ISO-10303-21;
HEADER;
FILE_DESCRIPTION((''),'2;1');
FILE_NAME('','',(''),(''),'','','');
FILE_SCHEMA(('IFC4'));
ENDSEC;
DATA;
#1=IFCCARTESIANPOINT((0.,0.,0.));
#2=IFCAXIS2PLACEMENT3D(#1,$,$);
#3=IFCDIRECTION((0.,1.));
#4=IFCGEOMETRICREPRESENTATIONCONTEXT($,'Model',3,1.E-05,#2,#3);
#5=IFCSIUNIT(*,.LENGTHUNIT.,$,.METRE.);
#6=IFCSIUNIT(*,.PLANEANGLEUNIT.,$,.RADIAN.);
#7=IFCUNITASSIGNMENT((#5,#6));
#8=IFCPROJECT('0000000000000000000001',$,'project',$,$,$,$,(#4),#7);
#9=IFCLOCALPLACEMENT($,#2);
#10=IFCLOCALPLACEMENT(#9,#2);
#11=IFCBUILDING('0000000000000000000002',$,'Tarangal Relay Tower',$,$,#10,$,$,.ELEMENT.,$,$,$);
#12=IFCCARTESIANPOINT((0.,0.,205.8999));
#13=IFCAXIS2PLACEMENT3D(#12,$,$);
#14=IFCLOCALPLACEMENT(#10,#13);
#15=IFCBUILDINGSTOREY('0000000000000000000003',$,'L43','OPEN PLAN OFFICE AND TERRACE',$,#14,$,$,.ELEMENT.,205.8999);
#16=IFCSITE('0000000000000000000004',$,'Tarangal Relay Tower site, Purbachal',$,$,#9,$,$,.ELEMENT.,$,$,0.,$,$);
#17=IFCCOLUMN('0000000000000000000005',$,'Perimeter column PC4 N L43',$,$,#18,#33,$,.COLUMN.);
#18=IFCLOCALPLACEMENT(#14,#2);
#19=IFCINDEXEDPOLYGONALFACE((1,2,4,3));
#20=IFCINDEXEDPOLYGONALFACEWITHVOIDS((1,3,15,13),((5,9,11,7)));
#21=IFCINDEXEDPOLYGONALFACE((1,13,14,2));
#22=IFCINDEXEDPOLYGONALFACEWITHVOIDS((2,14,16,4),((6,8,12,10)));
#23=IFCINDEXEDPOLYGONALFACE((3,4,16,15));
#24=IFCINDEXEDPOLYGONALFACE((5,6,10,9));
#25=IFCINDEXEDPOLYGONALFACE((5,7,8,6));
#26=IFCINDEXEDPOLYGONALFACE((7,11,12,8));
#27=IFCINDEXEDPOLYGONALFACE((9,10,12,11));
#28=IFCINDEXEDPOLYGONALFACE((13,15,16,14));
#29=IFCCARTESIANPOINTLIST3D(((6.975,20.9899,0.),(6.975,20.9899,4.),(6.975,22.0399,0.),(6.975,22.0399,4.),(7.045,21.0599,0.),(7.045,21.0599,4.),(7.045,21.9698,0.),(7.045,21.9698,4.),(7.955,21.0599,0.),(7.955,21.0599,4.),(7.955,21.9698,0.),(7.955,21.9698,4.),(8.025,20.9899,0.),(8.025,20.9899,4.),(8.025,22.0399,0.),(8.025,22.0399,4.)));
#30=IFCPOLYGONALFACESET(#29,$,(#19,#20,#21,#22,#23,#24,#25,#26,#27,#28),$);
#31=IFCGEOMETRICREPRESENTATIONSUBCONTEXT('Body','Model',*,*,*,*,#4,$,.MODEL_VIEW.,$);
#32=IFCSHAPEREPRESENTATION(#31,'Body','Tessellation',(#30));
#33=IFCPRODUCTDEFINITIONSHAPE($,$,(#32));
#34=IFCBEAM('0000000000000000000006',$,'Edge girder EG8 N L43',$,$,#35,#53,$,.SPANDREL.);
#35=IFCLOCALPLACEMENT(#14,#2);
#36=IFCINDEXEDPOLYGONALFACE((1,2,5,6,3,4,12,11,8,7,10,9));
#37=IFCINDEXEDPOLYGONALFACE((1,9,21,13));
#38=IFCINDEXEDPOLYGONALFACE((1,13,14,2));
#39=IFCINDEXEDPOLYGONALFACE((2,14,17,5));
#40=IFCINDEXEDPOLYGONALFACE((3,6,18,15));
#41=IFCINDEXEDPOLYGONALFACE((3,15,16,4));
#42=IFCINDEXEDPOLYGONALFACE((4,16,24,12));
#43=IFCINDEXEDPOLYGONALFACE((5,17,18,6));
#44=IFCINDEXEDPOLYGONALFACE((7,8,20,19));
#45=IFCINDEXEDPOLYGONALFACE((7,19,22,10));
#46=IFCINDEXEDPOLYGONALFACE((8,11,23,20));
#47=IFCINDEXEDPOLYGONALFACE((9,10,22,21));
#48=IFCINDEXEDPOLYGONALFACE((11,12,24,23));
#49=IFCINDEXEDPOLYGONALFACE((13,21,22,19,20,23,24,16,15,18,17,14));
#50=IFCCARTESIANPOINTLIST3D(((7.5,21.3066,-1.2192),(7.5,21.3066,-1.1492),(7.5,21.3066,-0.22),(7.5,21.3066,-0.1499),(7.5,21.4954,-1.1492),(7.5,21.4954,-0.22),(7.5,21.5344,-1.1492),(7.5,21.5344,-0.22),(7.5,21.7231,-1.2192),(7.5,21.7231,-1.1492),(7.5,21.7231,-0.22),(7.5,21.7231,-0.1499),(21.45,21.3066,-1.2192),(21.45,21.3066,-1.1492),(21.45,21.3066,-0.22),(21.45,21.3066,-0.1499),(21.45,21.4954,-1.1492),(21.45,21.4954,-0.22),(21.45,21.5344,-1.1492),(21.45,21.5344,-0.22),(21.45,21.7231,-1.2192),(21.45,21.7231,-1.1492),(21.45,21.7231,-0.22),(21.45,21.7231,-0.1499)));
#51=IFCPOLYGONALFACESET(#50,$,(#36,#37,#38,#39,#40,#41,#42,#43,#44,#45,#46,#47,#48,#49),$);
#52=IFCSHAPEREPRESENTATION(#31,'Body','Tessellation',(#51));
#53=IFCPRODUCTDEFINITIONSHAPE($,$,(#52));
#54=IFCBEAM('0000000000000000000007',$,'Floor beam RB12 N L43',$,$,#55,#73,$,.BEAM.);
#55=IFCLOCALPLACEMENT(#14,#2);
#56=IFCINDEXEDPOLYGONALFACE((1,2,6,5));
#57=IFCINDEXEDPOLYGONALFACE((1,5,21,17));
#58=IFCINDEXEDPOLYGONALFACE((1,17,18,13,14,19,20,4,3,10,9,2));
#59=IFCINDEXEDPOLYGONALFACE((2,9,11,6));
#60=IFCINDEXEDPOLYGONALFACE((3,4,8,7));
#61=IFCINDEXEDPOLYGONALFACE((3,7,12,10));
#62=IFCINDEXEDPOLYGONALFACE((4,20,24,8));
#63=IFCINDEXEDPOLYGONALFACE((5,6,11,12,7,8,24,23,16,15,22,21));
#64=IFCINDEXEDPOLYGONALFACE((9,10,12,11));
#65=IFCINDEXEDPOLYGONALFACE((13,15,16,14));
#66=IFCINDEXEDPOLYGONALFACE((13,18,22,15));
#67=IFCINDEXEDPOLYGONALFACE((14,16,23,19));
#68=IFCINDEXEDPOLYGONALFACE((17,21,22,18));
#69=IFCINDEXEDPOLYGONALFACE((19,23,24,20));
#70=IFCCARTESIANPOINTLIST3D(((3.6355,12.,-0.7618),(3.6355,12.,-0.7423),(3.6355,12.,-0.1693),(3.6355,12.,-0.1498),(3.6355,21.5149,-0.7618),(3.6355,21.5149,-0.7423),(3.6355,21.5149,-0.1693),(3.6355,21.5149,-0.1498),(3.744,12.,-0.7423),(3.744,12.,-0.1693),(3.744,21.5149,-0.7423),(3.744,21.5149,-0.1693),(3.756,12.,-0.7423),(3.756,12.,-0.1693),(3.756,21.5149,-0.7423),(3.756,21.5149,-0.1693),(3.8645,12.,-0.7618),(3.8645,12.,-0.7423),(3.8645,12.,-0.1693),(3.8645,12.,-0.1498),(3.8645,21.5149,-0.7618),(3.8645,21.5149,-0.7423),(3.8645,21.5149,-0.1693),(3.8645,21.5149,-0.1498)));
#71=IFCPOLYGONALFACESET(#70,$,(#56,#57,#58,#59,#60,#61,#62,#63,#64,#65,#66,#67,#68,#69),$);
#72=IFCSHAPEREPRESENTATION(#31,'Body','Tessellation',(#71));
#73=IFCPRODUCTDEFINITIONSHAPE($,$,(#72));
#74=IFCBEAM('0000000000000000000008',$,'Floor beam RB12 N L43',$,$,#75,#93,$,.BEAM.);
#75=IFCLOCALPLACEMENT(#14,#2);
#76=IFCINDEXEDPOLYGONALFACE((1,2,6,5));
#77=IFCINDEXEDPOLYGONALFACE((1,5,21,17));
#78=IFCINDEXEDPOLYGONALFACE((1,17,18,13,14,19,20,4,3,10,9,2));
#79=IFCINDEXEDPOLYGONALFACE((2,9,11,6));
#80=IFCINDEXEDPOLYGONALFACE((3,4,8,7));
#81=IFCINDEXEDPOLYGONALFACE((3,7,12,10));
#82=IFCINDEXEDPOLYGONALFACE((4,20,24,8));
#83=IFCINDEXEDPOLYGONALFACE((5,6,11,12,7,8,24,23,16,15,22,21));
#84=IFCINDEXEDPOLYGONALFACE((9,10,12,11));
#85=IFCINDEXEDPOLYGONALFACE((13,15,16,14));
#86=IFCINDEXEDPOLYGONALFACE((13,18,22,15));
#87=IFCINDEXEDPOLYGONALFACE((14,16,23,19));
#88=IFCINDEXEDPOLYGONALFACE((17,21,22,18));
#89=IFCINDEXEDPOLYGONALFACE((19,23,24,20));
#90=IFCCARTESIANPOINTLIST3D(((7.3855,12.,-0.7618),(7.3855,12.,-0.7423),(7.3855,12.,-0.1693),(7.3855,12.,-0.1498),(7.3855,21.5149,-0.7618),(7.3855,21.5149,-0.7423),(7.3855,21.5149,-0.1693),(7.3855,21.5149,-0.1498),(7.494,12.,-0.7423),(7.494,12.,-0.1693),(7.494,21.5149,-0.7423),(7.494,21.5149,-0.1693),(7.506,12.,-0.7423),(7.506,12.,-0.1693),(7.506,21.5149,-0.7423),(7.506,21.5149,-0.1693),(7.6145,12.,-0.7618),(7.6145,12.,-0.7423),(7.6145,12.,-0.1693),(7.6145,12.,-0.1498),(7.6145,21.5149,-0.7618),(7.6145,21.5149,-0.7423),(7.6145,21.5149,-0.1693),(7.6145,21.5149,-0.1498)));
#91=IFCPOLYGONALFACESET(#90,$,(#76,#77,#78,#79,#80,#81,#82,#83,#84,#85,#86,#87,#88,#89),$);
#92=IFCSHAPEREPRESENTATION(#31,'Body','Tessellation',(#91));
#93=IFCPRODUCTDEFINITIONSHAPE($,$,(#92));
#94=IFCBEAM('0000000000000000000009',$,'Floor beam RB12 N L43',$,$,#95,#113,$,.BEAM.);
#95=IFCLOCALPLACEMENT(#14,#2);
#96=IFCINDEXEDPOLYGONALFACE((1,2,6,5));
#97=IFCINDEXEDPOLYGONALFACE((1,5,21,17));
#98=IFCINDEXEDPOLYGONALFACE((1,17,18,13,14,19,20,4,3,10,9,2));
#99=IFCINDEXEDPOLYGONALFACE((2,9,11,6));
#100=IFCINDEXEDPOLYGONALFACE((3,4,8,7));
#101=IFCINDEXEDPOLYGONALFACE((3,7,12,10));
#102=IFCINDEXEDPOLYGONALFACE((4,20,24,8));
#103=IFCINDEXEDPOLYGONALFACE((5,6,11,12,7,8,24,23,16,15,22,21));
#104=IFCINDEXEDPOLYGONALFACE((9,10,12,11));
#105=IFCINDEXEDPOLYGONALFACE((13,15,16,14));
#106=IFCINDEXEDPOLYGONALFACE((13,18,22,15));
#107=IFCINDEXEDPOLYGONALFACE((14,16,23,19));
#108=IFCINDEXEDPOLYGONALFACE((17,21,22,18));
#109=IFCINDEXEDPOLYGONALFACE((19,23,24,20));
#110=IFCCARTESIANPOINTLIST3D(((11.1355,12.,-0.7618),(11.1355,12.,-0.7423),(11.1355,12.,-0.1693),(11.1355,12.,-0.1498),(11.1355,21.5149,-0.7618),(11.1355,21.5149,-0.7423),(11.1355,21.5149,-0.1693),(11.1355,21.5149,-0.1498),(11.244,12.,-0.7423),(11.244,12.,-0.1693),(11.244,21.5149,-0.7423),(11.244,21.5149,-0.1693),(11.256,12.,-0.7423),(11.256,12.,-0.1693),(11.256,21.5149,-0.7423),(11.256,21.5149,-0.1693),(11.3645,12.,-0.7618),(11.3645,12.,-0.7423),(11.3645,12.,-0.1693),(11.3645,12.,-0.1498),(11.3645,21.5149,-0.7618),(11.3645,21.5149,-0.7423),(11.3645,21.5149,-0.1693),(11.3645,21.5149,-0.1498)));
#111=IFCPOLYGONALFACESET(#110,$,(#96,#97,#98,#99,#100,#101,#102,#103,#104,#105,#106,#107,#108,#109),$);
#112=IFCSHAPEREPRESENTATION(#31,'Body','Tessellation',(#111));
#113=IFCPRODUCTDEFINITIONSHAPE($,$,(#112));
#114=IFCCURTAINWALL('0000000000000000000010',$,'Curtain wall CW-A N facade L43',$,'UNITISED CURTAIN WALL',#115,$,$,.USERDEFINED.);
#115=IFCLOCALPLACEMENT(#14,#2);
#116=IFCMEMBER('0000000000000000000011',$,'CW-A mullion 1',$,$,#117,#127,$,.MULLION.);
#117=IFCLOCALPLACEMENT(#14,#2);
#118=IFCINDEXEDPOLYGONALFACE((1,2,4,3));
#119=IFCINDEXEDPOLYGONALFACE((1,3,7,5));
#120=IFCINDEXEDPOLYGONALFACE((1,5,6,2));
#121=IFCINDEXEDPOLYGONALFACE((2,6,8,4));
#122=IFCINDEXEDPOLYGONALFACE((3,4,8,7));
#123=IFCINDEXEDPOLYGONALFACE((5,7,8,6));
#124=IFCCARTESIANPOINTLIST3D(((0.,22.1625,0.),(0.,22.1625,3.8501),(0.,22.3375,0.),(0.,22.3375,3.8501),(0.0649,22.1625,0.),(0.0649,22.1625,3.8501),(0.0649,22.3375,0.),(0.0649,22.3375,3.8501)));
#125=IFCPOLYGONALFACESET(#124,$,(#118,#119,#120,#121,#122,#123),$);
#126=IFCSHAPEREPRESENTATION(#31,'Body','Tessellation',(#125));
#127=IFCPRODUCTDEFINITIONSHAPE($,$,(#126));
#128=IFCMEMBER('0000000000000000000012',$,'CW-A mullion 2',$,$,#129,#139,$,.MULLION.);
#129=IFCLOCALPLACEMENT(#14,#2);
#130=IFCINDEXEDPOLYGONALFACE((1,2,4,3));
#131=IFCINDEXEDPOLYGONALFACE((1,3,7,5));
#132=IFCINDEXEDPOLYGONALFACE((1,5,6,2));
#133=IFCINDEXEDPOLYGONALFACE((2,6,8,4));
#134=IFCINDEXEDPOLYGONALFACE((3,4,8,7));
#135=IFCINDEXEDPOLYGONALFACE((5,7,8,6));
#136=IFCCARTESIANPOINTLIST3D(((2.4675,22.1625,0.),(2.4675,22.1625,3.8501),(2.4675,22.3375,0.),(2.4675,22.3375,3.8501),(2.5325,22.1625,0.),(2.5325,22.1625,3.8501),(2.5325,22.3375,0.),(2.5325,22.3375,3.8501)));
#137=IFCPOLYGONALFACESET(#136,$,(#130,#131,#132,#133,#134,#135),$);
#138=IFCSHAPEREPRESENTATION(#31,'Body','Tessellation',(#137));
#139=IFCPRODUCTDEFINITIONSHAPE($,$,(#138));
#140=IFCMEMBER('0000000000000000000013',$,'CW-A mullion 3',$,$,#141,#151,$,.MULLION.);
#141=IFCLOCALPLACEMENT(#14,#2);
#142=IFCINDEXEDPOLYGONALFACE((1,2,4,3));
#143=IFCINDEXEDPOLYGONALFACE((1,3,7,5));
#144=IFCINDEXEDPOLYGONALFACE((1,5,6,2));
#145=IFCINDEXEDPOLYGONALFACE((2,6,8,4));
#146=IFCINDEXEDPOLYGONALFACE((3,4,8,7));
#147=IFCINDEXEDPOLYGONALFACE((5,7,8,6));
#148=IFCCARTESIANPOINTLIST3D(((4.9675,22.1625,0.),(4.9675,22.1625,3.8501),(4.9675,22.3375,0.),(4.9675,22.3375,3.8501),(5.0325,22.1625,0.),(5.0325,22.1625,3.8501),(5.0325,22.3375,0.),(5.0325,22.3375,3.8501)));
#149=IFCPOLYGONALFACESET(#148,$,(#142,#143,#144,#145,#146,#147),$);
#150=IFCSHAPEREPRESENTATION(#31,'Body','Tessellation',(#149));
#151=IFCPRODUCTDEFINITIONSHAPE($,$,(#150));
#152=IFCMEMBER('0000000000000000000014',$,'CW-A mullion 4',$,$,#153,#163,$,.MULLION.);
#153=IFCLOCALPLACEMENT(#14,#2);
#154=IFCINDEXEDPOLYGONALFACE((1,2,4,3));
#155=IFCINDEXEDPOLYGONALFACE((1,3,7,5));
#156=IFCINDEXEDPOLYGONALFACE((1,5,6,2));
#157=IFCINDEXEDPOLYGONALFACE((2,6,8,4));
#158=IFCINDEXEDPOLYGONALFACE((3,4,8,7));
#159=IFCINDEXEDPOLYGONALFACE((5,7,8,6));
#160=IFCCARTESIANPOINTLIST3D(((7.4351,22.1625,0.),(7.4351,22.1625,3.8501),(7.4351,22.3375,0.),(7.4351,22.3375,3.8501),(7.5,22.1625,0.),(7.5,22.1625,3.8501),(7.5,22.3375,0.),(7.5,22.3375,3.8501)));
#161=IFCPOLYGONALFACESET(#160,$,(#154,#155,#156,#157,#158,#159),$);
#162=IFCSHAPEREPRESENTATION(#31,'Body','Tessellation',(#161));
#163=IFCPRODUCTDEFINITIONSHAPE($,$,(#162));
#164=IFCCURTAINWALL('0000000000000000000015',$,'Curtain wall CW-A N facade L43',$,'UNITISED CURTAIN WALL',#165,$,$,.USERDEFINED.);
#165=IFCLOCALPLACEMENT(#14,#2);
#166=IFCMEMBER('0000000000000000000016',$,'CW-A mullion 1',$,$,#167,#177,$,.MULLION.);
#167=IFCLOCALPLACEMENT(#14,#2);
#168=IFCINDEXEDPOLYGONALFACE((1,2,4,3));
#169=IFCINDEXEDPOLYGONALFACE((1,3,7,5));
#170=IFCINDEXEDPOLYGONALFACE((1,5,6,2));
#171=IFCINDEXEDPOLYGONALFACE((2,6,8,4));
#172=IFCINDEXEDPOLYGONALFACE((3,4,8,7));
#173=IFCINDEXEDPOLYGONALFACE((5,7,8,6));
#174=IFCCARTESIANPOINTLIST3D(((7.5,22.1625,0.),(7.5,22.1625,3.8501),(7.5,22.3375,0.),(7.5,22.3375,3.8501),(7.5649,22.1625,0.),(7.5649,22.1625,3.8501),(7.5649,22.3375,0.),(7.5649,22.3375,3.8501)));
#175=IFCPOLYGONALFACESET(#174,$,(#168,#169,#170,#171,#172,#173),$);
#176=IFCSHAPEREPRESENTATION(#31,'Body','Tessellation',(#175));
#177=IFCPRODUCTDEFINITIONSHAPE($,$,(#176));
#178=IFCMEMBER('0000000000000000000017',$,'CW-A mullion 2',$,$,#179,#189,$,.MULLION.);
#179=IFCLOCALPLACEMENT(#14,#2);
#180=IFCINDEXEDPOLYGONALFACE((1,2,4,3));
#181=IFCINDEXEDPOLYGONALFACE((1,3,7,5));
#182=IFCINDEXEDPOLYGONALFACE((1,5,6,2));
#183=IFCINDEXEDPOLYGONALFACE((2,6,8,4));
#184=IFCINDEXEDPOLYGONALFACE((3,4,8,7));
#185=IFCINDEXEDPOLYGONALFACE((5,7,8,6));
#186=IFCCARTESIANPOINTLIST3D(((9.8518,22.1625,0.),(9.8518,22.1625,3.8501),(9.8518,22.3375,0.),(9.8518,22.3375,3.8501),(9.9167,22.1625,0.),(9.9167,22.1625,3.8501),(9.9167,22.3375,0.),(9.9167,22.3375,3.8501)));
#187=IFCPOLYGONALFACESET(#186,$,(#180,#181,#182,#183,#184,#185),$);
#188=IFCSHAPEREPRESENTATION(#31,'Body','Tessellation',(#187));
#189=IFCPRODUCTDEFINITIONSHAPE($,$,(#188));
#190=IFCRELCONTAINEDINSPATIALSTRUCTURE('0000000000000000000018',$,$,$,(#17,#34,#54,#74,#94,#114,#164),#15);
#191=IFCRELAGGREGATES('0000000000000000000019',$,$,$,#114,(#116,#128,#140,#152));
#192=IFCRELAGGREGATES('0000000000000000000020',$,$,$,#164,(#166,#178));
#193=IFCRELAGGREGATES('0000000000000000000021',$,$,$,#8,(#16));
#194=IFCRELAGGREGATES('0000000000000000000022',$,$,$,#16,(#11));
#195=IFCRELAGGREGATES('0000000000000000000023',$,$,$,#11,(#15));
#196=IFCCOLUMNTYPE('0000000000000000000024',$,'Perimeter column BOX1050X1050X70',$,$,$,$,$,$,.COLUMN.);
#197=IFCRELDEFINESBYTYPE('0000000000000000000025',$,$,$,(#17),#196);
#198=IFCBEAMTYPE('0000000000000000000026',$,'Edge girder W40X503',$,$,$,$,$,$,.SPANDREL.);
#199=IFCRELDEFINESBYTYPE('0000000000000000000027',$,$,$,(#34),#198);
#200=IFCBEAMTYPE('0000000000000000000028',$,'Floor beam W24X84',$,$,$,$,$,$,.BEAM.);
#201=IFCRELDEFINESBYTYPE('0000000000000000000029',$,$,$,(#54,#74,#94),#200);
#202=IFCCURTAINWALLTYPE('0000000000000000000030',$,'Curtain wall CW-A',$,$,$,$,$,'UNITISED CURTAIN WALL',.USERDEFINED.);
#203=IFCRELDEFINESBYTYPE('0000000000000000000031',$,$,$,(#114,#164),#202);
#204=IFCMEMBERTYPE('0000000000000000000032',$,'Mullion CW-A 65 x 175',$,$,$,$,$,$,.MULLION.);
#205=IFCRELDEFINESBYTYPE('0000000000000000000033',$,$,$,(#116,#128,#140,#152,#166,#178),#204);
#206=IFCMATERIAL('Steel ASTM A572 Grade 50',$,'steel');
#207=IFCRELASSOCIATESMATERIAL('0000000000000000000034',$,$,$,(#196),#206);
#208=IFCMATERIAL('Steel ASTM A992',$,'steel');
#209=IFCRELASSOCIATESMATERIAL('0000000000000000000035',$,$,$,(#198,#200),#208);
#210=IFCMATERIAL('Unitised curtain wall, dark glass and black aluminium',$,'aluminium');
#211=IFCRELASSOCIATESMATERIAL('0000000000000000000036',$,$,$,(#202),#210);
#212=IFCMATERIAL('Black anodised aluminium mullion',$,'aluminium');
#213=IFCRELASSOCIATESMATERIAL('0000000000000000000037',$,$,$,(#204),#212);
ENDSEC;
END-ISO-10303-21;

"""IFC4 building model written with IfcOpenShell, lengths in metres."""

from ifc_helpers import new_model, si_unit, direction, frame, origin, origin_2d, place, context, subcontext, project, spatial, rectangle, hollow_rectangle, i_section, extrude, material, material_profile, profile_set, type_object, element, aggregate, save


model = new_model("IFC4")

# Units and contexts
model_context = context("Model", 3, precision=1e-05, world=origin(), true_north=direction((0.0, 1.0)))
body_context = subcontext(model_context, "Body", "Model", "MODEL_VIEW")
ifc_project = project(units=[si_unit("LENGTHUNIT", "METRE"), si_unit("PLANEANGLEUNIT", "RADIAN")], contexts=[model_context])

# Site, building, storey
site_placement = place(None, origin())
site = spatial("IfcSite", under=ifc_project, at=site_placement, Name="Tarangal Relay Tower site, Purbachal", CompositionType="ELEMENT", RefElevation=0.0)
building_placement = place(site_placement, origin())
building = spatial("IfcBuilding", under=site, at=building_placement, Name="Tarangal Relay Tower", CompositionType="ELEMENT")
storey_placement = place(building_placement, frame((0.0, 0.0, 205.8999)))
storey = spatial("IfcBuildingStorey", under=building, at=storey_placement, Name="L43", Description="OPEN PLAN OFFICE AND TERRACE", CompositionType="ELEMENT", Elevation=205.8999)

# Column
ifc_material_1 = material(Name="Steel ASTM A572 Grade 50", Category="steel")
ifc_material_profile_1 = material_profile(ifc_material_1, hollow_rectangle(XDim=1.05, YDim=1.05, WallThickness=0.0701, at=origin_2d()), Name="BOX1050X1050X70")
ifc_profile_set_1 = profile_set([ifc_material_profile_1], Name="Steel ASTM A572 Grade 50")
column_type = type_object("IfcColumnType", Name="Perimeter column BOX1050X1050X70", PredefinedType="COLUMN", material=ifc_profile_set_1)
column_placement = place(storey_placement, frame((7.5, 21.5149, 0.0), z_axis=(0.0, 0.0, 1.0), x_axis=(1.0, 0.0, 0.0)))
element("IfcColumn", 1, at=column_placement, inside=storey, type_object=column_type, Name="Perimeter column PC4 N L43", PredefinedType="COLUMN", context=body_context, shape_type="SweptSolid", body=[
    extrude(hollow_rectangle(XDim=1.05, YDim=1.05, WallThickness=0.0701, at=origin_2d()), origin(), (0.0, 0.0, 1.0), 4.0),
])

# Beams
ifc_material_2 = material(Name="Steel ASTM A992", Category="steel")
ifc_material_profile_2 = material_profile(ifc_material_2, i_section(OverallWidth=0.4165, OverallDepth=1.0693, WebThickness=0.0391, FlangeThickness=0.0701, at=origin_2d()), Name="W40X503")
ifc_profile_set_2 = profile_set([ifc_material_profile_2], Name="Steel ASTM A992")
beam_type_1 = type_object("IfcBeamType", Name="Edge girder W40X503", PredefinedType="SPANDREL", material=ifc_profile_set_2)
beam_placement = place(storey_placement, frame((7.5, 21.5149, -0.6846), z_axis=(1.0, 0.0, 0.0), x_axis=(0.0, 1.0, 0.0)))
element("IfcBeam", 2, at=beam_placement, inside=storey, type_object=beam_type_1, Name="Edge girder EG8 N L43", PredefinedType="SPANDREL", context=body_context, shape_type="SweptSolid", body=[
    extrude(i_section(OverallWidth=0.4165, OverallDepth=1.0693, WebThickness=0.0391, FlangeThickness=0.0701, at=origin_2d()), origin(), (0.0, 0.0, 1.0), 13.95),
])
ifc_material_profile_3 = material_profile(ifc_material_2, i_section(OverallWidth=0.229, OverallDepth=0.6121, WebThickness=0.012, FlangeThickness=0.0195, at=origin_2d()), Name="W24X84")
ifc_profile_set_3 = profile_set([ifc_material_profile_3], Name="Steel ASTM A992")
beam_type_2 = type_object("IfcBeamType", Name="Floor beam W24X84", PredefinedType="BEAM", material=ifc_profile_set_3)
for number, where, z_axis, x_axis, name in (
    (3, (3.75, 12.0, -0.4558), (0.0, 1.0, 0.0), (-1.0, 0.0, 0.0), "Floor beam RB12 N L43"),
    (4, (7.5, 12.0, -0.4558), (0.0, 1.0, 0.0), (-1.0, 0.0, 0.0), "Floor beam RB12 N L43"),
    (5, (11.25, 12.0, -0.4558), (0.0, 1.0, 0.0), (-1.0, 0.0, 0.0), "Floor beam RB12 N L43"),
):
    element("IfcBeam", number, at=place(storey_placement, frame(where, z_axis=z_axis, x_axis=x_axis)), inside=storey, type_object=beam_type_2, Name=name, PredefinedType="BEAM", context=body_context, shape_type="SweptSolid", body=[
        extrude(i_section(OverallWidth=0.229, OverallDepth=0.6121, WebThickness=0.012, FlangeThickness=0.0195, at=origin_2d()), origin(), (0.0, 0.0, 1.0), 9.5149),
    ])

# Curtain walls, members
ifc_material_3 = material(Name="Unitised curtain wall, dark glass and black aluminium", Category="aluminium")
curtain_wall_type_1 = type_object("IfcCurtainWallType", Name="Curtain wall CW-A", ElementType="UNITISED CURTAIN WALL", PredefinedType="USERDEFINED", material=ifc_material_3)
curtain_wall_1_placement = place(storey_placement, origin())
curtain_wall_1 = element("IfcCurtainWall", 6, at=curtain_wall_1_placement, inside=storey, type_object=curtain_wall_type_1, Name="Curtain wall CW-A N facade L43", ObjectType="UNITISED CURTAIN WALL", PredefinedType="USERDEFINED")
ifc_material_4 = material(Name="Black anodised aluminium mullion", Category="aluminium")
ifc_material_profile_4 = material_profile(ifc_material_4, rectangle(XDim=0.175, YDim=0.0649, at=origin_2d()), Name="CW-AM 65X175")
ifc_profile_set_4 = profile_set([ifc_material_profile_4], Name="Black anodised aluminium mullion")
member_type_1 = type_object("IfcMemberType", Name="Mullion CW-A 65 x 175", PredefinedType="MULLION", material=ifc_profile_set_4)
member_1_placement = place(storey_placement, frame((0.0325, 22.25, 0.0), z_axis=(0.0, 0.0, 1.0), x_axis=(0.0, 1.0, 0.0)))
member_1 = element("IfcMember", 7, at=member_1_placement, type_object=member_type_1, Name="CW-A mullion 1", PredefinedType="MULLION", context=body_context, shape_type="SweptSolid", body=[
    extrude(rectangle(XDim=0.175, YDim=0.0649, at=origin_2d()), origin(), (0.0, 0.0, 1.0), 3.8501),
])
member_2_placement = place(storey_placement, frame((2.5, 22.25, 0.0), z_axis=(0.0, 0.0, 1.0), x_axis=(0.0, 1.0, 0.0)))
member_2 = element("IfcMember", 8, at=member_2_placement, type_object=member_type_1, Name="CW-A mullion 2", PredefinedType="MULLION", context=body_context, shape_type="SweptSolid", body=[
    extrude(rectangle(XDim=0.175, YDim=0.0649, at=origin_2d()), origin(), (0.0, 0.0, 1.0), 3.8501),
])
member_3_placement = place(storey_placement, frame((5.0, 22.25, 0.0), z_axis=(0.0, 0.0, 1.0), x_axis=(0.0, 1.0, 0.0)))
member_3 = element("IfcMember", 9, at=member_3_placement, type_object=member_type_1, Name="CW-A mullion 3", PredefinedType="MULLION", context=body_context, shape_type="SweptSolid", body=[
    extrude(rectangle(XDim=0.175, YDim=0.0649, at=origin_2d()), origin(), (0.0, 0.0, 1.0), 3.8501),
])
member_4_placement = place(storey_placement, frame((7.4675, 22.25, 0.0), z_axis=(0.0, 0.0, 1.0), x_axis=(0.0, 1.0, 0.0)))
member_4 = element("IfcMember", 10, at=member_4_placement, type_object=member_type_1, Name="CW-A mullion 4", PredefinedType="MULLION", context=body_context, shape_type="SweptSolid", body=[
    extrude(rectangle(XDim=0.175, YDim=0.0649, at=origin_2d()), origin(), (0.0, 0.0, 1.0), 3.8501),
])
curtain_wall_2_placement = place(storey_placement, origin())
curtain_wall_2 = element("IfcCurtainWall", 11, at=curtain_wall_2_placement, inside=storey, type_object=curtain_wall_type_1, Name="Curtain wall CW-A N facade L43", ObjectType="UNITISED CURTAIN WALL", PredefinedType="USERDEFINED")
member_5_placement = place(storey_placement, frame((7.5325, 22.25, 0.0), z_axis=(0.0, 0.0, 1.0), x_axis=(0.0, 1.0, 0.0)))
member_5 = element("IfcMember", 12, at=member_5_placement, type_object=member_type_1, Name="CW-A mullion 1", PredefinedType="MULLION", context=body_context, shape_type="SweptSolid", body=[
    extrude(rectangle(XDim=0.175, YDim=0.0649, at=origin_2d()), origin(), (0.0, 0.0, 1.0), 3.8501),
])
member_6_placement = place(storey_placement, frame((9.8843, 22.25, 0.0), z_axis=(0.0, 0.0, 1.0), x_axis=(0.0, 1.0, 0.0)))
member_6 = element("IfcMember", 13, at=member_6_placement, type_object=member_type_1, Name="CW-A mullion 2", PredefinedType="MULLION", context=body_context, shape_type="SweptSolid", body=[
    extrude(rectangle(XDim=0.175, YDim=0.0649, at=origin_2d()), origin(), (0.0, 0.0, 1.0), 3.8501),
])

aggregate(curtain_wall_1, [member_1, member_2, member_3, member_4])
aggregate(curtain_wall_2, [member_5, member_6])

save(model, "model.ifc")
